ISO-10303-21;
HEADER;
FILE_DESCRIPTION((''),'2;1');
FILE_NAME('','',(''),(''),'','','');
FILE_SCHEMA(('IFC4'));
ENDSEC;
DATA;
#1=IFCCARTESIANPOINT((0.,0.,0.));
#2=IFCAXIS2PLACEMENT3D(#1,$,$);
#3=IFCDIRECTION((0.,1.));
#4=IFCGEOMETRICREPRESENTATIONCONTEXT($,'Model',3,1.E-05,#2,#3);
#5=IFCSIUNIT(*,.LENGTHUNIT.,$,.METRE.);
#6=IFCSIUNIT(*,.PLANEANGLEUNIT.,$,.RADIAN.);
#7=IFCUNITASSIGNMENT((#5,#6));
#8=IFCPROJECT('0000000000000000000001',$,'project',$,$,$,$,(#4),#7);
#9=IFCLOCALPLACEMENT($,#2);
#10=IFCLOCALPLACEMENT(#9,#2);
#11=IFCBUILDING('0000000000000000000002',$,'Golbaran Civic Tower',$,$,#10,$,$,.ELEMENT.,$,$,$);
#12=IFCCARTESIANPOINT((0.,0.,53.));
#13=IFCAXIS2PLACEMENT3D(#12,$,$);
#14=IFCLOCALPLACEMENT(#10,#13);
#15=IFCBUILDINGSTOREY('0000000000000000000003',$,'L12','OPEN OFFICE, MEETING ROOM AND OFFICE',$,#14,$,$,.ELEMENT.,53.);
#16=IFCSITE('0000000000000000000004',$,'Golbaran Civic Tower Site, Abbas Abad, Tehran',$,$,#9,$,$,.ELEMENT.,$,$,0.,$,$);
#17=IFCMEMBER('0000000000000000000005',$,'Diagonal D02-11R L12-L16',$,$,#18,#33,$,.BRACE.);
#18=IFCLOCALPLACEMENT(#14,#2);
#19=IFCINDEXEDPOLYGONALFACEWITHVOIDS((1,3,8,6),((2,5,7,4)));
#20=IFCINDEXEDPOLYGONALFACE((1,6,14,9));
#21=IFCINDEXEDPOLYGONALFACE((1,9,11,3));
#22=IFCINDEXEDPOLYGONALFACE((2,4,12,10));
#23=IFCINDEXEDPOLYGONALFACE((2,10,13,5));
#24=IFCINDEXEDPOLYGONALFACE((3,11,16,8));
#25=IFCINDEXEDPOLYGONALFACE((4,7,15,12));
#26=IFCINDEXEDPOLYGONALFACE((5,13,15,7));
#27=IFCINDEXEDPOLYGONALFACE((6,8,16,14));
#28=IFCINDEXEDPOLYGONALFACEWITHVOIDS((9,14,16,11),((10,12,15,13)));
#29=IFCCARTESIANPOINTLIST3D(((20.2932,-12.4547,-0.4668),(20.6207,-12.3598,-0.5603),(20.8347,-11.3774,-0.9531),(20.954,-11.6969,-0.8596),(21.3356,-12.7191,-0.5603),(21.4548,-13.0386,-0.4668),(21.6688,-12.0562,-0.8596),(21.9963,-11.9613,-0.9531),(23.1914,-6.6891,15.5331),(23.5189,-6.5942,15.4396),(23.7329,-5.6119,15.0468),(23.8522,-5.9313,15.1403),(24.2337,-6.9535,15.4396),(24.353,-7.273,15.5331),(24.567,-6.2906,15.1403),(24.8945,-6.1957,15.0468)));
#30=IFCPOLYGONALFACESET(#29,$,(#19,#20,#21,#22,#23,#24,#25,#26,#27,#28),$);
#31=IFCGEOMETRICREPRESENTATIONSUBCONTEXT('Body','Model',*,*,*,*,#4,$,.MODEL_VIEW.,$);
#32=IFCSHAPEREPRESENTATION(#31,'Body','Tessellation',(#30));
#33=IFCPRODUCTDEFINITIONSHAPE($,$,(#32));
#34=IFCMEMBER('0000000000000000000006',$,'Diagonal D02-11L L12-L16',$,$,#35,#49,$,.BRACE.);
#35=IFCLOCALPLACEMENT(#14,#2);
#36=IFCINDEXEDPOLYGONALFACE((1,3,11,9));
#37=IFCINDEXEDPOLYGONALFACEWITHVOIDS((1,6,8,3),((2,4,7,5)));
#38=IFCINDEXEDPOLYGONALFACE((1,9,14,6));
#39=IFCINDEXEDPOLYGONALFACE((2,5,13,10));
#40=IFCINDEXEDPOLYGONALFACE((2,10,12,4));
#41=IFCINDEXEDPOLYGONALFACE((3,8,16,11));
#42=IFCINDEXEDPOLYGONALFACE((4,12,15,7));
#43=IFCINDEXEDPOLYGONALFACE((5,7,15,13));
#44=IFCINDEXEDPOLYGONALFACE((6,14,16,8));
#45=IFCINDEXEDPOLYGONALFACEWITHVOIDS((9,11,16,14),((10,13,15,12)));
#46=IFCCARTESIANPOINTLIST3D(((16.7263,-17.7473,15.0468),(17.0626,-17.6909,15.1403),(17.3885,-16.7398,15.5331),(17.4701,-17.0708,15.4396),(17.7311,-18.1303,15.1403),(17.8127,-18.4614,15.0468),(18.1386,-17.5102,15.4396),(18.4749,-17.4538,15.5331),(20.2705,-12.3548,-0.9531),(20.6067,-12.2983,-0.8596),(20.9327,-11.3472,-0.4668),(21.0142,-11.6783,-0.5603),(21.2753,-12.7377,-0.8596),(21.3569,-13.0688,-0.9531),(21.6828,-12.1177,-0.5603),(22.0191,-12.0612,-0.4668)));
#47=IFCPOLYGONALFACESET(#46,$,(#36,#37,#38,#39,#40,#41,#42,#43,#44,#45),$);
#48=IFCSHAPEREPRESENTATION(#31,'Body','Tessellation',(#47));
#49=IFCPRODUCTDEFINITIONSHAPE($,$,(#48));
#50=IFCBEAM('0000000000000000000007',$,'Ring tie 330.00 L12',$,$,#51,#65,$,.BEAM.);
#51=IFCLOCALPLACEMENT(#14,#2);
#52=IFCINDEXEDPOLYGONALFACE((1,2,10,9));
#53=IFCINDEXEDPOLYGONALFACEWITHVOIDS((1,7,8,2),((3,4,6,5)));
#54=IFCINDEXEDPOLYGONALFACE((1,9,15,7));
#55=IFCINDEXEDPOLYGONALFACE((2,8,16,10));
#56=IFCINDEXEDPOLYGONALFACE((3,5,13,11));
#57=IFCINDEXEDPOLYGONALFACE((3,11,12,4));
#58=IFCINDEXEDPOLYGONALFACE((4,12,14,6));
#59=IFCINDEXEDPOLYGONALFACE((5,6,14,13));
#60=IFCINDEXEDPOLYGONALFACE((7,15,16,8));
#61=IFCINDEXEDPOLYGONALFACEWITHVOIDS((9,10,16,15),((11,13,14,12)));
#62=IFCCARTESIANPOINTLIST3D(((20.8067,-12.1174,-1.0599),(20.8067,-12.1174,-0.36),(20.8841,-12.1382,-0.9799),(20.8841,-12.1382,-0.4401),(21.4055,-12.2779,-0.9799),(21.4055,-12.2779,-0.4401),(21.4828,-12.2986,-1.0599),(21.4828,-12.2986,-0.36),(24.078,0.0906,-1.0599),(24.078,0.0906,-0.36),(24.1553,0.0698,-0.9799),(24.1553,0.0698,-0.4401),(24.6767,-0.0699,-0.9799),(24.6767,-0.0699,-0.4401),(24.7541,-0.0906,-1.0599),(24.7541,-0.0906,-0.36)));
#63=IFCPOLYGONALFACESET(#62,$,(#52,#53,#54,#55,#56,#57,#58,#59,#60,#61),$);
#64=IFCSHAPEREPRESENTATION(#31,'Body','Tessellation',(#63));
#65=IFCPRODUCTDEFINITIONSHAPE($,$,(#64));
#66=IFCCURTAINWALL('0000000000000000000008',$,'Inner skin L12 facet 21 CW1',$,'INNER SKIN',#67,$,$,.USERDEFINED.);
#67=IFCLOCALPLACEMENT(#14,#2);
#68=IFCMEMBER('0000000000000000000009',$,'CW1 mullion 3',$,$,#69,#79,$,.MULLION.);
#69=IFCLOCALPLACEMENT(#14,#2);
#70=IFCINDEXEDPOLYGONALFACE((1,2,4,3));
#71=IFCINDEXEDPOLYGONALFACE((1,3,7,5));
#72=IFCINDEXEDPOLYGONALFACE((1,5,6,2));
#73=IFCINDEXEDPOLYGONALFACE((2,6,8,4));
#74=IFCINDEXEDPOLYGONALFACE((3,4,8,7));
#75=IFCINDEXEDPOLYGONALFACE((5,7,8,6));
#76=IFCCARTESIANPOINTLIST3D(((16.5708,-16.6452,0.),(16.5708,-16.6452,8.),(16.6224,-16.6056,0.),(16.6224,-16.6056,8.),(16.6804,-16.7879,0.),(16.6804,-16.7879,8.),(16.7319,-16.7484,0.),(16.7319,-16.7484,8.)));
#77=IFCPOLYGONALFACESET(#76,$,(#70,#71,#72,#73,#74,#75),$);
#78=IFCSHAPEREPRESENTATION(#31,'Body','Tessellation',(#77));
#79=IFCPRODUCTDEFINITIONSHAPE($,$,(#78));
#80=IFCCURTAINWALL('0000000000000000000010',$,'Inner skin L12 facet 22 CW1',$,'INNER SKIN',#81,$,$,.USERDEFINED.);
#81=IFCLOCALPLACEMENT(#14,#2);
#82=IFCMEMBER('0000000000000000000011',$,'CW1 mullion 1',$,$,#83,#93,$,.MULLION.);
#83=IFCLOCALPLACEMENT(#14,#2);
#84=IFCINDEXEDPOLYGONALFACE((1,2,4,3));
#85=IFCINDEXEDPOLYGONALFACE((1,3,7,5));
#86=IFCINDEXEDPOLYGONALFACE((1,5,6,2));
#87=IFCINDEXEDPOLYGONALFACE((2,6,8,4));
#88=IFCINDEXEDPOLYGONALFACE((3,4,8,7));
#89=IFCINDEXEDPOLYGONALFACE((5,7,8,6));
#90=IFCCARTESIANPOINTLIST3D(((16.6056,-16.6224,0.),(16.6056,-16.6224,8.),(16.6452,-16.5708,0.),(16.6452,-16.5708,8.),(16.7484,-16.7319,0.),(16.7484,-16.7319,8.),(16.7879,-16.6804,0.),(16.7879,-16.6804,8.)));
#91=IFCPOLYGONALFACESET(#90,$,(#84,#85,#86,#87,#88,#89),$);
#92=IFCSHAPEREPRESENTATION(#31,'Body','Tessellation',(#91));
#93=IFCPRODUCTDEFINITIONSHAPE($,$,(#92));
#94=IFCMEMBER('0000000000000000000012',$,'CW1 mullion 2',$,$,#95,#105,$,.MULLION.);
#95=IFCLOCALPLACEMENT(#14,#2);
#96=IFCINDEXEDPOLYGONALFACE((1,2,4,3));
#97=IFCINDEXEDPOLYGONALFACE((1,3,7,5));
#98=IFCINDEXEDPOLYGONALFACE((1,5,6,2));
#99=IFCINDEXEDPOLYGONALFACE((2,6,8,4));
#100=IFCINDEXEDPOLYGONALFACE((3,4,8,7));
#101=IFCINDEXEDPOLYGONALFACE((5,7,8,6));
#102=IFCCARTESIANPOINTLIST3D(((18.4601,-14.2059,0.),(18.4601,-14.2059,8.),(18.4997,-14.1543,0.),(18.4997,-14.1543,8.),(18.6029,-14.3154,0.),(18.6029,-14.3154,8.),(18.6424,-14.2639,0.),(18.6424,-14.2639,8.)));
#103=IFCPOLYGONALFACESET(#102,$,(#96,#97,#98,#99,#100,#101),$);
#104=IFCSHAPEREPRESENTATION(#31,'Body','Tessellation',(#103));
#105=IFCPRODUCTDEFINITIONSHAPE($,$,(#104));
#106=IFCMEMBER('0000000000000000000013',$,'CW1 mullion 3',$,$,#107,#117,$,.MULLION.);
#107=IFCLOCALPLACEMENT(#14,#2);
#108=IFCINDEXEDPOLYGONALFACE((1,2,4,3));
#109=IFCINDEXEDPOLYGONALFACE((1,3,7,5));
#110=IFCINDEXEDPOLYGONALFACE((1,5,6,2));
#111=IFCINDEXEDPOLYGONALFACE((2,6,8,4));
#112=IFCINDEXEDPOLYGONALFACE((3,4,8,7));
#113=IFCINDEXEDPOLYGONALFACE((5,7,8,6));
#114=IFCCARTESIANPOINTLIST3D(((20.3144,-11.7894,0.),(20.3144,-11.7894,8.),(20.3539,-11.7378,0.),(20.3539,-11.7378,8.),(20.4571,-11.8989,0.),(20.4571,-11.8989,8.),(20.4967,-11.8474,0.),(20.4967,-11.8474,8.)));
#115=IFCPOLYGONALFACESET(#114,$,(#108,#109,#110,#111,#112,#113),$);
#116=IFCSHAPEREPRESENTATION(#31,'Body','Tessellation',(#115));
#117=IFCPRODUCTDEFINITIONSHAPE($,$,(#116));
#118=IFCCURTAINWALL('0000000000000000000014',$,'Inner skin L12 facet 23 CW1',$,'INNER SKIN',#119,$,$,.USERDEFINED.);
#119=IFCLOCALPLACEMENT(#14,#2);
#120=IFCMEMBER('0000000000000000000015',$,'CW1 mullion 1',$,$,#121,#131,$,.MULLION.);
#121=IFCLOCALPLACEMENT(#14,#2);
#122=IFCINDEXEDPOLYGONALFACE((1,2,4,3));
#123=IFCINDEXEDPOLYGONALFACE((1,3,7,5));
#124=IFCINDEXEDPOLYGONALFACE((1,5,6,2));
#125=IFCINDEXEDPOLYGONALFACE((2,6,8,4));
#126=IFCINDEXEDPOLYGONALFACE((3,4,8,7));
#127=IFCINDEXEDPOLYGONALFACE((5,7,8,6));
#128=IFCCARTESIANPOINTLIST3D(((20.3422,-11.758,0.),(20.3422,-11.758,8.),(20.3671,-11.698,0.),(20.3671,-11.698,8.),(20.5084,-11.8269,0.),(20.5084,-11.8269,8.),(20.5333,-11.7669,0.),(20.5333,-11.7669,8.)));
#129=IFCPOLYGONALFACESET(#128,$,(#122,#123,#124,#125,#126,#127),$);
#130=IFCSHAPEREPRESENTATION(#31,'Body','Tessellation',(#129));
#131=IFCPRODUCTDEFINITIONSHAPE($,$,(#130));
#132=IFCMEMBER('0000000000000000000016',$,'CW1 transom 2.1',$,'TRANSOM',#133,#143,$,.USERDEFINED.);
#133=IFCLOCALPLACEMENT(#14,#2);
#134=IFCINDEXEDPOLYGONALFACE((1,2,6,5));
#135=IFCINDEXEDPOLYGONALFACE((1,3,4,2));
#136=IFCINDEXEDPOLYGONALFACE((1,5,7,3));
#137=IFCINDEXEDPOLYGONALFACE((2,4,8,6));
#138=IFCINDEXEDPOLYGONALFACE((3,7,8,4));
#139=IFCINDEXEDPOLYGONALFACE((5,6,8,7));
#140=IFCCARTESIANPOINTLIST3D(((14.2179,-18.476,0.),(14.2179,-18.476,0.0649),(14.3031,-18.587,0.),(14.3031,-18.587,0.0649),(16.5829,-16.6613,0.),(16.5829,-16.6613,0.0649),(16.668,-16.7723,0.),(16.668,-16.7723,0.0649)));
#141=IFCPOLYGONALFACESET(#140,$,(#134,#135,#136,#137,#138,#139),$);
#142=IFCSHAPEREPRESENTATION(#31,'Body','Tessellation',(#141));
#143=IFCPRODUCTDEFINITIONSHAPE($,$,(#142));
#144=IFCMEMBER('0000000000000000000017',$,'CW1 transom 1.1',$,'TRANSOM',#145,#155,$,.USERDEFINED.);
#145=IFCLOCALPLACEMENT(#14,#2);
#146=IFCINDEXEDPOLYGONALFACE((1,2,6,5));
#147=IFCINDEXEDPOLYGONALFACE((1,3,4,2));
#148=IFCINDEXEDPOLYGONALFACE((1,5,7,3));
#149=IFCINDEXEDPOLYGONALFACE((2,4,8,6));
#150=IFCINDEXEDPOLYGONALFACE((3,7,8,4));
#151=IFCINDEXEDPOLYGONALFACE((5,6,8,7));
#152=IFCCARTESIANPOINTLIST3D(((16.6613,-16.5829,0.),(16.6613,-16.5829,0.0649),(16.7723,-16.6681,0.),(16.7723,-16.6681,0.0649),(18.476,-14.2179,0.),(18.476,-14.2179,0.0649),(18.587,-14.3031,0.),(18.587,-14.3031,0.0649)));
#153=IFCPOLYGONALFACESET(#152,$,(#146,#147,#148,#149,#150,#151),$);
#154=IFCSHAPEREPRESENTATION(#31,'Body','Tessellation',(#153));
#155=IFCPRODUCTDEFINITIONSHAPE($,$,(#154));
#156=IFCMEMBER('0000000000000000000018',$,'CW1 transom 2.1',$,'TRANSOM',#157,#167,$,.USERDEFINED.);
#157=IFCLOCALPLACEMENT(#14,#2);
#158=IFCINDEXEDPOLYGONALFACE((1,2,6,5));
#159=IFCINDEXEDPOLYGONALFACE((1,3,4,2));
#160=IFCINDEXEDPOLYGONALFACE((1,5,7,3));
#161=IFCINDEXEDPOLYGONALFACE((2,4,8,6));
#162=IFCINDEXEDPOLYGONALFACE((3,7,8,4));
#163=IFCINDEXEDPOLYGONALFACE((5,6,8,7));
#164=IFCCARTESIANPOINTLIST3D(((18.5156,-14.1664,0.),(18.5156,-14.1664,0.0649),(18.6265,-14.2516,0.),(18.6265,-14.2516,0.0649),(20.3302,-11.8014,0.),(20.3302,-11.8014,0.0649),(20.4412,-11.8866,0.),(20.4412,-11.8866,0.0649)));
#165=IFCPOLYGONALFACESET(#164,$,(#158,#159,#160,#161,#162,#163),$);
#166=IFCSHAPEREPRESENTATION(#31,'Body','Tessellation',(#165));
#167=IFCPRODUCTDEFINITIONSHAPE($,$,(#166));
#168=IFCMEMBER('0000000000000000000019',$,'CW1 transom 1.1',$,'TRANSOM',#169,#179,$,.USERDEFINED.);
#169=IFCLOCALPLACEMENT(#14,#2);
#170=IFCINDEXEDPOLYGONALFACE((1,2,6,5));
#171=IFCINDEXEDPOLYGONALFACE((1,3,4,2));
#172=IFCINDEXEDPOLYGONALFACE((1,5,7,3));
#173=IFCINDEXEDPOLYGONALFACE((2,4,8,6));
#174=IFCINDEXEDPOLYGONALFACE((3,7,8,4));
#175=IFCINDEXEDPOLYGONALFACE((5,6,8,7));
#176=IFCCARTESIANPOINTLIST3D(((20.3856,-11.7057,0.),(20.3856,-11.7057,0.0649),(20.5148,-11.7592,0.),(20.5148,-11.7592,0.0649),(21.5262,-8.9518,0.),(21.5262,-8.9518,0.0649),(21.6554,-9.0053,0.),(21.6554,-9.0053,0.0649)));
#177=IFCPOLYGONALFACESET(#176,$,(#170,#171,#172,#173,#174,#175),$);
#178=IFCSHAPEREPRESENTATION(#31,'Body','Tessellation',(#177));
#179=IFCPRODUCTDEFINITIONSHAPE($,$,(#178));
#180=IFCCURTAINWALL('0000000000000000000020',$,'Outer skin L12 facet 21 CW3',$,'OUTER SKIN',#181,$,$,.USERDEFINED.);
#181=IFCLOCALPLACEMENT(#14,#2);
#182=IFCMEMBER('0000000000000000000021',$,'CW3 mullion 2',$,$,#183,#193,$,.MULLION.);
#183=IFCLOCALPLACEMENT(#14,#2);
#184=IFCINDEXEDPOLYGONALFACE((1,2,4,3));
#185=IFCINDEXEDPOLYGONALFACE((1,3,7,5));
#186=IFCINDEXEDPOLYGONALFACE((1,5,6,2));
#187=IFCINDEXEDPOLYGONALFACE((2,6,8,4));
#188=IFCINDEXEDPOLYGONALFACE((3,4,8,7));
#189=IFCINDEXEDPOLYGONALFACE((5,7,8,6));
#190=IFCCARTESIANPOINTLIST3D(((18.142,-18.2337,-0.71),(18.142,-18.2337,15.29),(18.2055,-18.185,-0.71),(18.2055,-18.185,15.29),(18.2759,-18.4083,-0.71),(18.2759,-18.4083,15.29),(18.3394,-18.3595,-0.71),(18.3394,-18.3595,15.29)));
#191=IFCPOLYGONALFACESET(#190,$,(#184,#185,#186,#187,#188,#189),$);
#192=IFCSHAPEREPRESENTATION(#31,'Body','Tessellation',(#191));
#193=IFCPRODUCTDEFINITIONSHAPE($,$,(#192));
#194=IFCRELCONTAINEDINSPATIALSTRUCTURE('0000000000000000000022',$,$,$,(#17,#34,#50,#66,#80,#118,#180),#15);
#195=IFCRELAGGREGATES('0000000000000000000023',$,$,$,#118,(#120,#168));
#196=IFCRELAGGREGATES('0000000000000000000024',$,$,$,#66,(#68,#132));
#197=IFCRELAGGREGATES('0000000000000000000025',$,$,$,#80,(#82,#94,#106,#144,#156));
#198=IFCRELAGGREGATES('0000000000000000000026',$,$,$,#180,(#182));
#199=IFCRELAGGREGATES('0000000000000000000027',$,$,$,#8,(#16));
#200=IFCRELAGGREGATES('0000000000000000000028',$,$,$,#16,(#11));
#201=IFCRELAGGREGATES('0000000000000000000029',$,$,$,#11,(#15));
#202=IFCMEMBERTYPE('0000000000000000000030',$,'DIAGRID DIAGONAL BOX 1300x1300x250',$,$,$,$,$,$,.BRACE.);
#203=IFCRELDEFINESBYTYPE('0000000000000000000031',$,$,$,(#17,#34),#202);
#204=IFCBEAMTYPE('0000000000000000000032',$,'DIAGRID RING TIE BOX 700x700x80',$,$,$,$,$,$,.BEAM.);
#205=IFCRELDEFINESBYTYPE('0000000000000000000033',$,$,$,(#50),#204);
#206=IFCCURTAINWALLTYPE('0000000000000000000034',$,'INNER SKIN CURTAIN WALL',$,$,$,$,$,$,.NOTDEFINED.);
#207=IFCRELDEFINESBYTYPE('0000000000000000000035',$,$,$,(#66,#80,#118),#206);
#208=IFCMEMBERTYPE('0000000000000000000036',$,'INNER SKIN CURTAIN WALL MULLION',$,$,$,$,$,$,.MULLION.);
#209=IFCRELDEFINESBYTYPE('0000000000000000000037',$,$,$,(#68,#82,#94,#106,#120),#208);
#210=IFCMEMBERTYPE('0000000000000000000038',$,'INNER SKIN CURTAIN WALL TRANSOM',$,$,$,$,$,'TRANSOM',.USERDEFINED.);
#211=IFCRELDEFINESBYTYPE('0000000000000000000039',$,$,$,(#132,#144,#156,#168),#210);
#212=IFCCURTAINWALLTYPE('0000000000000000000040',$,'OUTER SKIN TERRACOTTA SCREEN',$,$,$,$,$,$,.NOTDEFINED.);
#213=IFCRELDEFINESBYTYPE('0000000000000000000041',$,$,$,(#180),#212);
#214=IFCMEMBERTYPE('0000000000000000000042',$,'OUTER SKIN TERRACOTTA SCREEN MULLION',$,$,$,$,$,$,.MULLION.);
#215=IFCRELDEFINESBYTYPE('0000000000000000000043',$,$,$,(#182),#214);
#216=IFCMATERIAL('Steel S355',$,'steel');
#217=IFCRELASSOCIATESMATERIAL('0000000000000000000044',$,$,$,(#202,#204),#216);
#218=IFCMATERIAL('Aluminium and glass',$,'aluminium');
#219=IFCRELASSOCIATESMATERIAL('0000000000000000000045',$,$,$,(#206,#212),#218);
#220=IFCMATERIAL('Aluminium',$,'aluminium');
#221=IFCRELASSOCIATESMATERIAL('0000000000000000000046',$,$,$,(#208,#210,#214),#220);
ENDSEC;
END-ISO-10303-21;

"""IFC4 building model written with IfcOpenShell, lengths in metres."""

from ifc_helpers import new_model, si_unit, direction, frame, origin, origin_2d, place, context, subcontext, project, spatial, rectangle, hollow_rectangle, extrude, material, material_profile, profile_set, type_object, element, aggregate, save


model = new_model("IFC4")

# Units and contexts
model_context = context("Model", 3, precision=1e-05, world=origin(), true_north=direction((0.0, 1.0)))
body_context = subcontext(model_context, "Body", "Model", "MODEL_VIEW")
ifc_project = project(units=[si_unit("LENGTHUNIT", "METRE"), si_unit("PLANEANGLEUNIT", "RADIAN")], contexts=[model_context])

# Site, building, storey
site_placement = place(None, origin())
site = spatial("IfcSite", under=ifc_project, at=site_placement, Name="Golbaran Civic Tower Site, Abbas Abad, Tehran", CompositionType="ELEMENT", RefElevation=0.0)
building_placement = place(site_placement, origin())
building = spatial("IfcBuilding", under=site, at=building_placement, Name="Golbaran Civic Tower", CompositionType="ELEMENT")
storey_placement = place(building_placement, frame((0.0, 0.0, 53.0)))
storey = spatial("IfcBuildingStorey", under=building, at=storey_placement, Name="L12", Description="OPEN OFFICE, MEETING ROOM AND OFFICE", CompositionType="ELEMENT", Elevation=53.0)

# Members
ifc_material_1 = material(Name="Steel S355", Category="steel")
ifc_material_profile_1 = material_profile(ifc_material_1, hollow_rectangle(XDim=1.3, YDim=1.3, WallThickness=0.25, at=origin_2d()), Name="BOX 1300x1300x250")
ifc_profile_set_1 = profile_set([ifc_material_profile_1], Name="Steel S355")
member_type_1 = type_object("IfcMemberType", Name="DIAGRID DIAGONAL BOX 1300x1300x250", PredefinedType="BRACE", material=ifc_profile_set_1)
for number, where, z_axis, x_axis, name in (
    (1, (21.1448, -12.208, -0.71), (0.167989, 0.334195, 0.927412), (-0.893472, 0.449119, 0.0), "Diagonal D02-11R L12-L16"),
    (2, (21.1448, -12.208, -0.71), (-0.205433, -0.312572, 0.927414), (0.83567, -0.549231, 0.0), "Diagonal D02-11L L12-L16"),
):
    element("IfcMember", number, at=place(storey_placement, frame(where, z_axis=z_axis, x_axis=x_axis)), inside=storey, type_object=member_type_1, Name=name, PredefinedType="BRACE", context=body_context, shape_type="SweptSolid", body=[
        extrude(hollow_rectangle(XDim=1.3, YDim=1.3, WallThickness=0.25, at=origin_2d()), origin(), (0.0, 0.0, 1.0), 17.2522),
    ])

# Beam
ifc_material_profile_2 = material_profile(ifc_material_1, hollow_rectangle(XDim=0.7, YDim=0.7, WallThickness=0.0801, at=origin_2d()), Name="BOX 700x700x80")
ifc_profile_set_2 = profile_set([ifc_material_profile_2], Name="Steel S355")
beam_type = type_object("IfcBeamType", Name="DIAGRID RING TIE BOX 700x700x80", PredefinedType="BEAM", material=ifc_profile_set_2)
beam_placement = place(storey_placement, frame((21.1448, -12.208, -0.71), z_axis=(0.258827, 0.965924, 0.0), x_axis=(-0.965924, 0.258827, 0.0)))
element("IfcBeam", 3, at=beam_placement, inside=storey, type_object=beam_type, Name="Ring tie 330.00 L12", PredefinedType="BEAM", context=body_context, shape_type="SweptSolid", body=[
    extrude(hollow_rectangle(XDim=0.7, YDim=0.7, WallThickness=0.0801, at=origin_2d()), origin(), (0.0, 0.0, 1.0), 12.6387),
])

# Curtain wall, member
ifc_material_2 = material(Name="Aluminium and glass", Category="aluminium")
curtain_wall_type_1 = type_object("IfcCurtainWallType", Name="INNER SKIN CURTAIN WALL", PredefinedType="NOTDEFINED", material=ifc_material_2)
curtain_wall_1_placement = place(storey_placement, origin())
curtain_wall_1 = element("IfcCurtainWall", 4, at=curtain_wall_1_placement, inside=storey, type_object=curtain_wall_type_1, Name="Inner skin L12 facet 21 CW1", ObjectType="INNER SKIN", PredefinedType="USERDEFINED")
ifc_material_3 = material(Name="Aluminium", Category="aluminium")
ifc_material_profile_3 = material_profile(ifc_material_3, rectangle(XDim=0.1799, YDim=0.0649, at=origin_2d()), Name="INNER SKIN CURTAIN WALL MULLION")
ifc_profile_set_3 = profile_set([ifc_material_profile_3], Name="Aluminium")
member_type_2 = type_object("IfcMemberType", Name="INNER SKIN CURTAIN WALL MULLION", PredefinedType="MULLION", material=ifc_profile_set_3)
member_1_placement = place(storey_placement, frame((16.6514, -16.6968, 0.0), z_axis=(0.0, 0.0, 1.0), x_axis=(-0.608761, 0.793353, 0.0)))
member_1 = element("IfcMember", 5, at=member_1_placement, type_object=member_type_2, Name="CW1 mullion 3", PredefinedType="MULLION", context=body_context, shape_type="SweptSolid", body=[
    extrude(rectangle(XDim=0.1799, YDim=0.0649, at=origin_2d()), origin(), (0.0, 0.0, 1.0), 8.0),
])

# Curtain wall, members
curtain_wall_2_placement = place(storey_placement, origin())
curtain_wall_2 = element("IfcCurtainWall", 6, at=curtain_wall_2_placement, inside=storey, type_object=curtain_wall_type_1, Name="Inner skin L12 facet 22 CW1", ObjectType="INNER SKIN", PredefinedType="USERDEFINED")
member_2_placement = place(storey_placement, frame((16.6968, -16.6514, 0.0), z_axis=(0.0, 0.0, 1.0), x_axis=(-0.793353, 0.608761, 0.0)))
member_2 = element("IfcMember", 7, at=member_2_placement, type_object=member_type_2, Name="CW1 mullion 1", PredefinedType="MULLION", context=body_context, shape_type="SweptSolid", body=[
    extrude(rectangle(XDim=0.1799, YDim=0.0649, at=origin_2d()), origin(), (0.0, 0.0, 1.0), 8.0),
])
member_3_placement = place(storey_placement, frame((18.5513, -14.2349, 0.0), z_axis=(0.0, 0.0, 1.0), x_axis=(-0.793353, 0.608761, 0.0)))
member_3 = element("IfcMember", 8, at=member_3_placement, type_object=member_type_2, Name="CW1 mullion 2", PredefinedType="MULLION", context=body_context, shape_type="SweptSolid", body=[
    extrude(rectangle(XDim=0.1799, YDim=0.0649, at=origin_2d()), origin(), (0.0, 0.0, 1.0), 8.0),
])
member_4_placement = place(storey_placement, frame((20.4055, -11.8184, 0.0), z_axis=(0.0, 0.0, 1.0), x_axis=(-0.793353, 0.608761, 0.0)))
member_4 = element("IfcMember", 9, at=member_4_placement, type_object=member_type_2, Name="CW1 mullion 3", PredefinedType="MULLION", context=body_context, shape_type="SweptSolid", body=[
    extrude(rectangle(XDim=0.1799, YDim=0.0649, at=origin_2d()), origin(), (0.0, 0.0, 1.0), 8.0),
])

# Curtain wall, member
curtain_wall_3_placement = place(storey_placement, origin())
curtain_wall_3 = element("IfcCurtainWall", 10, at=curtain_wall_3_placement, inside=storey, type_object=curtain_wall_type_1, Name="Inner skin L12 facet 23 CW1", ObjectType="INNER SKIN", PredefinedType="USERDEFINED")
member_5_placement = place(storey_placement, frame((20.4377, -11.7625, 0.0), z_axis=(0.0, 0.0, 1.0), x_axis=(-0.92388, 0.382683, 0.0)))
member_5 = element("IfcMember", 11, at=member_5_placement, type_object=member_type_2, Name="CW1 mullion 1", PredefinedType="MULLION", context=body_context, shape_type="SweptSolid", body=[
    extrude(rectangle(XDim=0.1799, YDim=0.0649, at=origin_2d()), origin(), (0.0, 0.0, 1.0), 8.0),
])

# Members
ifc_material_profile_4 = material_profile(ifc_material_3, rectangle(XDim=0.1399, YDim=0.0649, at=origin_2d()), Name="INNER SKIN CURTAIN WALL TRANSOM")
ifc_profile_set_4 = profile_set([ifc_material_profile_4], Name="Aluminium")
member_type_3 = type_object("IfcMemberType", Name="INNER SKIN CURTAIN WALL TRANSOM", ElementType="TRANSOM", PredefinedType="USERDEFINED", material=ifc_profile_set_4)
member_6_placement = place(storey_placement, frame((14.2605, -18.5315, 0.0325), z_axis=(0.793357, 0.608756, 0.0), x_axis=(-0.608756, 0.793357, 0.0)))
member_6 = element("IfcMember", 12, at=member_6_placement, type_object=member_type_3, Name="CW1 transom 2.1", ObjectType="TRANSOM", PredefinedType="USERDEFINED", context=body_context, shape_type="SweptSolid", body=[
    extrude(rectangle(XDim=0.1399, YDim=0.0649, at=origin_2d()), origin(), (0.0, 0.0, 1.0), 2.981),
])
member_7_placement = place(storey_placement, frame((16.7168, -16.6255, 0.0325), z_axis=(0.608756, 0.793357, 0.0), x_axis=(-0.793357, 0.608756, 0.0)))
member_7 = element("IfcMember", 13, at=member_7_placement, type_object=member_type_3, Name="CW1 transom 1.1", ObjectType="TRANSOM", PredefinedType="USERDEFINED", context=body_context, shape_type="SweptSolid", body=[
    extrude(rectangle(XDim=0.1399, YDim=0.0649, at=origin_2d()), origin(), (0.0, 0.0, 1.0), 2.981),
])
member_8_placement = place(storey_placement, frame((18.571, -14.209, 0.0325), z_axis=(0.608756, 0.793357, 0.0), x_axis=(-0.793357, 0.608756, 0.0)))
member_8 = element("IfcMember", 14, at=member_8_placement, type_object=member_type_3, Name="CW1 transom 2.1", ObjectType="TRANSOM", PredefinedType="USERDEFINED", context=body_context, shape_type="SweptSolid", body=[
    extrude(rectangle(XDim=0.1399, YDim=0.0649, at=origin_2d()), origin(), (0.0, 0.0, 1.0), 2.981),
])
member_9_placement = place(storey_placement, frame((20.4502, -11.7324, 0.0325), z_axis=(0.38266, 0.923889, 0.0), x_axis=(-0.923889, 0.38266, 0.0)))
member_9 = element("IfcMember", 15, at=member_9_placement, type_object=member_type_3, Name="CW1 transom 1.1", ObjectType="TRANSOM", PredefinedType="USERDEFINED", context=body_context, shape_type="SweptSolid", body=[
    extrude(rectangle(XDim=0.1399, YDim=0.0649, at=origin_2d()), origin(), (0.0, 0.0, 1.0), 2.9807),
])
aggregate(curtain_wall_3, [member_5, member_9])

# Curtain wall, member
curtain_wall_type_2 = type_object("IfcCurtainWallType", Name="OUTER SKIN TERRACOTTA SCREEN", PredefinedType="NOTDEFINED", material=ifc_material_2)
curtain_wall_4_placement = place(storey_placement, origin())
curtain_wall_4 = element("IfcCurtainWall", 16, at=curtain_wall_4_placement, inside=storey, type_object=curtain_wall_type_2, Name="Outer skin L12 facet 21 CW3", ObjectType="OUTER SKIN", PredefinedType="USERDEFINED")
ifc_material_profile_5 = material_profile(ifc_material_3, rectangle(XDim=0.22, YDim=0.0801, at=origin_2d()), Name="OUTER SKIN TERRACOTTA SCREEN MULLION")
ifc_profile_set_5 = profile_set([ifc_material_profile_5], Name="Aluminium")
member_type_4 = type_object("IfcMemberType", Name="OUTER SKIN TERRACOTTA SCREEN MULLION", PredefinedType="MULLION", material=ifc_profile_set_5)
member_10_placement = place(storey_placement, frame((18.2407, -18.2966, -0.71), z_axis=(0.0, 0.0, 1.0), x_axis=(-0.608761, 0.793353, 0.0)))
member_10 = element("IfcMember", 17, at=member_10_placement, type_object=member_type_4, Name="CW3 mullion 2", PredefinedType="MULLION", context=body_context, shape_type="SweptSolid", body=[
    extrude(rectangle(XDim=0.22, YDim=0.0801, at=origin_2d()), origin(), (0.0, 0.0, 1.0), 16.0),
])

aggregate(curtain_wall_1, [member_1, member_6])
aggregate(curtain_wall_2, [member_2, member_3, member_4, member_7, member_8])
aggregate(curtain_wall_4, [member_10])

save(model, "model.ifc")
